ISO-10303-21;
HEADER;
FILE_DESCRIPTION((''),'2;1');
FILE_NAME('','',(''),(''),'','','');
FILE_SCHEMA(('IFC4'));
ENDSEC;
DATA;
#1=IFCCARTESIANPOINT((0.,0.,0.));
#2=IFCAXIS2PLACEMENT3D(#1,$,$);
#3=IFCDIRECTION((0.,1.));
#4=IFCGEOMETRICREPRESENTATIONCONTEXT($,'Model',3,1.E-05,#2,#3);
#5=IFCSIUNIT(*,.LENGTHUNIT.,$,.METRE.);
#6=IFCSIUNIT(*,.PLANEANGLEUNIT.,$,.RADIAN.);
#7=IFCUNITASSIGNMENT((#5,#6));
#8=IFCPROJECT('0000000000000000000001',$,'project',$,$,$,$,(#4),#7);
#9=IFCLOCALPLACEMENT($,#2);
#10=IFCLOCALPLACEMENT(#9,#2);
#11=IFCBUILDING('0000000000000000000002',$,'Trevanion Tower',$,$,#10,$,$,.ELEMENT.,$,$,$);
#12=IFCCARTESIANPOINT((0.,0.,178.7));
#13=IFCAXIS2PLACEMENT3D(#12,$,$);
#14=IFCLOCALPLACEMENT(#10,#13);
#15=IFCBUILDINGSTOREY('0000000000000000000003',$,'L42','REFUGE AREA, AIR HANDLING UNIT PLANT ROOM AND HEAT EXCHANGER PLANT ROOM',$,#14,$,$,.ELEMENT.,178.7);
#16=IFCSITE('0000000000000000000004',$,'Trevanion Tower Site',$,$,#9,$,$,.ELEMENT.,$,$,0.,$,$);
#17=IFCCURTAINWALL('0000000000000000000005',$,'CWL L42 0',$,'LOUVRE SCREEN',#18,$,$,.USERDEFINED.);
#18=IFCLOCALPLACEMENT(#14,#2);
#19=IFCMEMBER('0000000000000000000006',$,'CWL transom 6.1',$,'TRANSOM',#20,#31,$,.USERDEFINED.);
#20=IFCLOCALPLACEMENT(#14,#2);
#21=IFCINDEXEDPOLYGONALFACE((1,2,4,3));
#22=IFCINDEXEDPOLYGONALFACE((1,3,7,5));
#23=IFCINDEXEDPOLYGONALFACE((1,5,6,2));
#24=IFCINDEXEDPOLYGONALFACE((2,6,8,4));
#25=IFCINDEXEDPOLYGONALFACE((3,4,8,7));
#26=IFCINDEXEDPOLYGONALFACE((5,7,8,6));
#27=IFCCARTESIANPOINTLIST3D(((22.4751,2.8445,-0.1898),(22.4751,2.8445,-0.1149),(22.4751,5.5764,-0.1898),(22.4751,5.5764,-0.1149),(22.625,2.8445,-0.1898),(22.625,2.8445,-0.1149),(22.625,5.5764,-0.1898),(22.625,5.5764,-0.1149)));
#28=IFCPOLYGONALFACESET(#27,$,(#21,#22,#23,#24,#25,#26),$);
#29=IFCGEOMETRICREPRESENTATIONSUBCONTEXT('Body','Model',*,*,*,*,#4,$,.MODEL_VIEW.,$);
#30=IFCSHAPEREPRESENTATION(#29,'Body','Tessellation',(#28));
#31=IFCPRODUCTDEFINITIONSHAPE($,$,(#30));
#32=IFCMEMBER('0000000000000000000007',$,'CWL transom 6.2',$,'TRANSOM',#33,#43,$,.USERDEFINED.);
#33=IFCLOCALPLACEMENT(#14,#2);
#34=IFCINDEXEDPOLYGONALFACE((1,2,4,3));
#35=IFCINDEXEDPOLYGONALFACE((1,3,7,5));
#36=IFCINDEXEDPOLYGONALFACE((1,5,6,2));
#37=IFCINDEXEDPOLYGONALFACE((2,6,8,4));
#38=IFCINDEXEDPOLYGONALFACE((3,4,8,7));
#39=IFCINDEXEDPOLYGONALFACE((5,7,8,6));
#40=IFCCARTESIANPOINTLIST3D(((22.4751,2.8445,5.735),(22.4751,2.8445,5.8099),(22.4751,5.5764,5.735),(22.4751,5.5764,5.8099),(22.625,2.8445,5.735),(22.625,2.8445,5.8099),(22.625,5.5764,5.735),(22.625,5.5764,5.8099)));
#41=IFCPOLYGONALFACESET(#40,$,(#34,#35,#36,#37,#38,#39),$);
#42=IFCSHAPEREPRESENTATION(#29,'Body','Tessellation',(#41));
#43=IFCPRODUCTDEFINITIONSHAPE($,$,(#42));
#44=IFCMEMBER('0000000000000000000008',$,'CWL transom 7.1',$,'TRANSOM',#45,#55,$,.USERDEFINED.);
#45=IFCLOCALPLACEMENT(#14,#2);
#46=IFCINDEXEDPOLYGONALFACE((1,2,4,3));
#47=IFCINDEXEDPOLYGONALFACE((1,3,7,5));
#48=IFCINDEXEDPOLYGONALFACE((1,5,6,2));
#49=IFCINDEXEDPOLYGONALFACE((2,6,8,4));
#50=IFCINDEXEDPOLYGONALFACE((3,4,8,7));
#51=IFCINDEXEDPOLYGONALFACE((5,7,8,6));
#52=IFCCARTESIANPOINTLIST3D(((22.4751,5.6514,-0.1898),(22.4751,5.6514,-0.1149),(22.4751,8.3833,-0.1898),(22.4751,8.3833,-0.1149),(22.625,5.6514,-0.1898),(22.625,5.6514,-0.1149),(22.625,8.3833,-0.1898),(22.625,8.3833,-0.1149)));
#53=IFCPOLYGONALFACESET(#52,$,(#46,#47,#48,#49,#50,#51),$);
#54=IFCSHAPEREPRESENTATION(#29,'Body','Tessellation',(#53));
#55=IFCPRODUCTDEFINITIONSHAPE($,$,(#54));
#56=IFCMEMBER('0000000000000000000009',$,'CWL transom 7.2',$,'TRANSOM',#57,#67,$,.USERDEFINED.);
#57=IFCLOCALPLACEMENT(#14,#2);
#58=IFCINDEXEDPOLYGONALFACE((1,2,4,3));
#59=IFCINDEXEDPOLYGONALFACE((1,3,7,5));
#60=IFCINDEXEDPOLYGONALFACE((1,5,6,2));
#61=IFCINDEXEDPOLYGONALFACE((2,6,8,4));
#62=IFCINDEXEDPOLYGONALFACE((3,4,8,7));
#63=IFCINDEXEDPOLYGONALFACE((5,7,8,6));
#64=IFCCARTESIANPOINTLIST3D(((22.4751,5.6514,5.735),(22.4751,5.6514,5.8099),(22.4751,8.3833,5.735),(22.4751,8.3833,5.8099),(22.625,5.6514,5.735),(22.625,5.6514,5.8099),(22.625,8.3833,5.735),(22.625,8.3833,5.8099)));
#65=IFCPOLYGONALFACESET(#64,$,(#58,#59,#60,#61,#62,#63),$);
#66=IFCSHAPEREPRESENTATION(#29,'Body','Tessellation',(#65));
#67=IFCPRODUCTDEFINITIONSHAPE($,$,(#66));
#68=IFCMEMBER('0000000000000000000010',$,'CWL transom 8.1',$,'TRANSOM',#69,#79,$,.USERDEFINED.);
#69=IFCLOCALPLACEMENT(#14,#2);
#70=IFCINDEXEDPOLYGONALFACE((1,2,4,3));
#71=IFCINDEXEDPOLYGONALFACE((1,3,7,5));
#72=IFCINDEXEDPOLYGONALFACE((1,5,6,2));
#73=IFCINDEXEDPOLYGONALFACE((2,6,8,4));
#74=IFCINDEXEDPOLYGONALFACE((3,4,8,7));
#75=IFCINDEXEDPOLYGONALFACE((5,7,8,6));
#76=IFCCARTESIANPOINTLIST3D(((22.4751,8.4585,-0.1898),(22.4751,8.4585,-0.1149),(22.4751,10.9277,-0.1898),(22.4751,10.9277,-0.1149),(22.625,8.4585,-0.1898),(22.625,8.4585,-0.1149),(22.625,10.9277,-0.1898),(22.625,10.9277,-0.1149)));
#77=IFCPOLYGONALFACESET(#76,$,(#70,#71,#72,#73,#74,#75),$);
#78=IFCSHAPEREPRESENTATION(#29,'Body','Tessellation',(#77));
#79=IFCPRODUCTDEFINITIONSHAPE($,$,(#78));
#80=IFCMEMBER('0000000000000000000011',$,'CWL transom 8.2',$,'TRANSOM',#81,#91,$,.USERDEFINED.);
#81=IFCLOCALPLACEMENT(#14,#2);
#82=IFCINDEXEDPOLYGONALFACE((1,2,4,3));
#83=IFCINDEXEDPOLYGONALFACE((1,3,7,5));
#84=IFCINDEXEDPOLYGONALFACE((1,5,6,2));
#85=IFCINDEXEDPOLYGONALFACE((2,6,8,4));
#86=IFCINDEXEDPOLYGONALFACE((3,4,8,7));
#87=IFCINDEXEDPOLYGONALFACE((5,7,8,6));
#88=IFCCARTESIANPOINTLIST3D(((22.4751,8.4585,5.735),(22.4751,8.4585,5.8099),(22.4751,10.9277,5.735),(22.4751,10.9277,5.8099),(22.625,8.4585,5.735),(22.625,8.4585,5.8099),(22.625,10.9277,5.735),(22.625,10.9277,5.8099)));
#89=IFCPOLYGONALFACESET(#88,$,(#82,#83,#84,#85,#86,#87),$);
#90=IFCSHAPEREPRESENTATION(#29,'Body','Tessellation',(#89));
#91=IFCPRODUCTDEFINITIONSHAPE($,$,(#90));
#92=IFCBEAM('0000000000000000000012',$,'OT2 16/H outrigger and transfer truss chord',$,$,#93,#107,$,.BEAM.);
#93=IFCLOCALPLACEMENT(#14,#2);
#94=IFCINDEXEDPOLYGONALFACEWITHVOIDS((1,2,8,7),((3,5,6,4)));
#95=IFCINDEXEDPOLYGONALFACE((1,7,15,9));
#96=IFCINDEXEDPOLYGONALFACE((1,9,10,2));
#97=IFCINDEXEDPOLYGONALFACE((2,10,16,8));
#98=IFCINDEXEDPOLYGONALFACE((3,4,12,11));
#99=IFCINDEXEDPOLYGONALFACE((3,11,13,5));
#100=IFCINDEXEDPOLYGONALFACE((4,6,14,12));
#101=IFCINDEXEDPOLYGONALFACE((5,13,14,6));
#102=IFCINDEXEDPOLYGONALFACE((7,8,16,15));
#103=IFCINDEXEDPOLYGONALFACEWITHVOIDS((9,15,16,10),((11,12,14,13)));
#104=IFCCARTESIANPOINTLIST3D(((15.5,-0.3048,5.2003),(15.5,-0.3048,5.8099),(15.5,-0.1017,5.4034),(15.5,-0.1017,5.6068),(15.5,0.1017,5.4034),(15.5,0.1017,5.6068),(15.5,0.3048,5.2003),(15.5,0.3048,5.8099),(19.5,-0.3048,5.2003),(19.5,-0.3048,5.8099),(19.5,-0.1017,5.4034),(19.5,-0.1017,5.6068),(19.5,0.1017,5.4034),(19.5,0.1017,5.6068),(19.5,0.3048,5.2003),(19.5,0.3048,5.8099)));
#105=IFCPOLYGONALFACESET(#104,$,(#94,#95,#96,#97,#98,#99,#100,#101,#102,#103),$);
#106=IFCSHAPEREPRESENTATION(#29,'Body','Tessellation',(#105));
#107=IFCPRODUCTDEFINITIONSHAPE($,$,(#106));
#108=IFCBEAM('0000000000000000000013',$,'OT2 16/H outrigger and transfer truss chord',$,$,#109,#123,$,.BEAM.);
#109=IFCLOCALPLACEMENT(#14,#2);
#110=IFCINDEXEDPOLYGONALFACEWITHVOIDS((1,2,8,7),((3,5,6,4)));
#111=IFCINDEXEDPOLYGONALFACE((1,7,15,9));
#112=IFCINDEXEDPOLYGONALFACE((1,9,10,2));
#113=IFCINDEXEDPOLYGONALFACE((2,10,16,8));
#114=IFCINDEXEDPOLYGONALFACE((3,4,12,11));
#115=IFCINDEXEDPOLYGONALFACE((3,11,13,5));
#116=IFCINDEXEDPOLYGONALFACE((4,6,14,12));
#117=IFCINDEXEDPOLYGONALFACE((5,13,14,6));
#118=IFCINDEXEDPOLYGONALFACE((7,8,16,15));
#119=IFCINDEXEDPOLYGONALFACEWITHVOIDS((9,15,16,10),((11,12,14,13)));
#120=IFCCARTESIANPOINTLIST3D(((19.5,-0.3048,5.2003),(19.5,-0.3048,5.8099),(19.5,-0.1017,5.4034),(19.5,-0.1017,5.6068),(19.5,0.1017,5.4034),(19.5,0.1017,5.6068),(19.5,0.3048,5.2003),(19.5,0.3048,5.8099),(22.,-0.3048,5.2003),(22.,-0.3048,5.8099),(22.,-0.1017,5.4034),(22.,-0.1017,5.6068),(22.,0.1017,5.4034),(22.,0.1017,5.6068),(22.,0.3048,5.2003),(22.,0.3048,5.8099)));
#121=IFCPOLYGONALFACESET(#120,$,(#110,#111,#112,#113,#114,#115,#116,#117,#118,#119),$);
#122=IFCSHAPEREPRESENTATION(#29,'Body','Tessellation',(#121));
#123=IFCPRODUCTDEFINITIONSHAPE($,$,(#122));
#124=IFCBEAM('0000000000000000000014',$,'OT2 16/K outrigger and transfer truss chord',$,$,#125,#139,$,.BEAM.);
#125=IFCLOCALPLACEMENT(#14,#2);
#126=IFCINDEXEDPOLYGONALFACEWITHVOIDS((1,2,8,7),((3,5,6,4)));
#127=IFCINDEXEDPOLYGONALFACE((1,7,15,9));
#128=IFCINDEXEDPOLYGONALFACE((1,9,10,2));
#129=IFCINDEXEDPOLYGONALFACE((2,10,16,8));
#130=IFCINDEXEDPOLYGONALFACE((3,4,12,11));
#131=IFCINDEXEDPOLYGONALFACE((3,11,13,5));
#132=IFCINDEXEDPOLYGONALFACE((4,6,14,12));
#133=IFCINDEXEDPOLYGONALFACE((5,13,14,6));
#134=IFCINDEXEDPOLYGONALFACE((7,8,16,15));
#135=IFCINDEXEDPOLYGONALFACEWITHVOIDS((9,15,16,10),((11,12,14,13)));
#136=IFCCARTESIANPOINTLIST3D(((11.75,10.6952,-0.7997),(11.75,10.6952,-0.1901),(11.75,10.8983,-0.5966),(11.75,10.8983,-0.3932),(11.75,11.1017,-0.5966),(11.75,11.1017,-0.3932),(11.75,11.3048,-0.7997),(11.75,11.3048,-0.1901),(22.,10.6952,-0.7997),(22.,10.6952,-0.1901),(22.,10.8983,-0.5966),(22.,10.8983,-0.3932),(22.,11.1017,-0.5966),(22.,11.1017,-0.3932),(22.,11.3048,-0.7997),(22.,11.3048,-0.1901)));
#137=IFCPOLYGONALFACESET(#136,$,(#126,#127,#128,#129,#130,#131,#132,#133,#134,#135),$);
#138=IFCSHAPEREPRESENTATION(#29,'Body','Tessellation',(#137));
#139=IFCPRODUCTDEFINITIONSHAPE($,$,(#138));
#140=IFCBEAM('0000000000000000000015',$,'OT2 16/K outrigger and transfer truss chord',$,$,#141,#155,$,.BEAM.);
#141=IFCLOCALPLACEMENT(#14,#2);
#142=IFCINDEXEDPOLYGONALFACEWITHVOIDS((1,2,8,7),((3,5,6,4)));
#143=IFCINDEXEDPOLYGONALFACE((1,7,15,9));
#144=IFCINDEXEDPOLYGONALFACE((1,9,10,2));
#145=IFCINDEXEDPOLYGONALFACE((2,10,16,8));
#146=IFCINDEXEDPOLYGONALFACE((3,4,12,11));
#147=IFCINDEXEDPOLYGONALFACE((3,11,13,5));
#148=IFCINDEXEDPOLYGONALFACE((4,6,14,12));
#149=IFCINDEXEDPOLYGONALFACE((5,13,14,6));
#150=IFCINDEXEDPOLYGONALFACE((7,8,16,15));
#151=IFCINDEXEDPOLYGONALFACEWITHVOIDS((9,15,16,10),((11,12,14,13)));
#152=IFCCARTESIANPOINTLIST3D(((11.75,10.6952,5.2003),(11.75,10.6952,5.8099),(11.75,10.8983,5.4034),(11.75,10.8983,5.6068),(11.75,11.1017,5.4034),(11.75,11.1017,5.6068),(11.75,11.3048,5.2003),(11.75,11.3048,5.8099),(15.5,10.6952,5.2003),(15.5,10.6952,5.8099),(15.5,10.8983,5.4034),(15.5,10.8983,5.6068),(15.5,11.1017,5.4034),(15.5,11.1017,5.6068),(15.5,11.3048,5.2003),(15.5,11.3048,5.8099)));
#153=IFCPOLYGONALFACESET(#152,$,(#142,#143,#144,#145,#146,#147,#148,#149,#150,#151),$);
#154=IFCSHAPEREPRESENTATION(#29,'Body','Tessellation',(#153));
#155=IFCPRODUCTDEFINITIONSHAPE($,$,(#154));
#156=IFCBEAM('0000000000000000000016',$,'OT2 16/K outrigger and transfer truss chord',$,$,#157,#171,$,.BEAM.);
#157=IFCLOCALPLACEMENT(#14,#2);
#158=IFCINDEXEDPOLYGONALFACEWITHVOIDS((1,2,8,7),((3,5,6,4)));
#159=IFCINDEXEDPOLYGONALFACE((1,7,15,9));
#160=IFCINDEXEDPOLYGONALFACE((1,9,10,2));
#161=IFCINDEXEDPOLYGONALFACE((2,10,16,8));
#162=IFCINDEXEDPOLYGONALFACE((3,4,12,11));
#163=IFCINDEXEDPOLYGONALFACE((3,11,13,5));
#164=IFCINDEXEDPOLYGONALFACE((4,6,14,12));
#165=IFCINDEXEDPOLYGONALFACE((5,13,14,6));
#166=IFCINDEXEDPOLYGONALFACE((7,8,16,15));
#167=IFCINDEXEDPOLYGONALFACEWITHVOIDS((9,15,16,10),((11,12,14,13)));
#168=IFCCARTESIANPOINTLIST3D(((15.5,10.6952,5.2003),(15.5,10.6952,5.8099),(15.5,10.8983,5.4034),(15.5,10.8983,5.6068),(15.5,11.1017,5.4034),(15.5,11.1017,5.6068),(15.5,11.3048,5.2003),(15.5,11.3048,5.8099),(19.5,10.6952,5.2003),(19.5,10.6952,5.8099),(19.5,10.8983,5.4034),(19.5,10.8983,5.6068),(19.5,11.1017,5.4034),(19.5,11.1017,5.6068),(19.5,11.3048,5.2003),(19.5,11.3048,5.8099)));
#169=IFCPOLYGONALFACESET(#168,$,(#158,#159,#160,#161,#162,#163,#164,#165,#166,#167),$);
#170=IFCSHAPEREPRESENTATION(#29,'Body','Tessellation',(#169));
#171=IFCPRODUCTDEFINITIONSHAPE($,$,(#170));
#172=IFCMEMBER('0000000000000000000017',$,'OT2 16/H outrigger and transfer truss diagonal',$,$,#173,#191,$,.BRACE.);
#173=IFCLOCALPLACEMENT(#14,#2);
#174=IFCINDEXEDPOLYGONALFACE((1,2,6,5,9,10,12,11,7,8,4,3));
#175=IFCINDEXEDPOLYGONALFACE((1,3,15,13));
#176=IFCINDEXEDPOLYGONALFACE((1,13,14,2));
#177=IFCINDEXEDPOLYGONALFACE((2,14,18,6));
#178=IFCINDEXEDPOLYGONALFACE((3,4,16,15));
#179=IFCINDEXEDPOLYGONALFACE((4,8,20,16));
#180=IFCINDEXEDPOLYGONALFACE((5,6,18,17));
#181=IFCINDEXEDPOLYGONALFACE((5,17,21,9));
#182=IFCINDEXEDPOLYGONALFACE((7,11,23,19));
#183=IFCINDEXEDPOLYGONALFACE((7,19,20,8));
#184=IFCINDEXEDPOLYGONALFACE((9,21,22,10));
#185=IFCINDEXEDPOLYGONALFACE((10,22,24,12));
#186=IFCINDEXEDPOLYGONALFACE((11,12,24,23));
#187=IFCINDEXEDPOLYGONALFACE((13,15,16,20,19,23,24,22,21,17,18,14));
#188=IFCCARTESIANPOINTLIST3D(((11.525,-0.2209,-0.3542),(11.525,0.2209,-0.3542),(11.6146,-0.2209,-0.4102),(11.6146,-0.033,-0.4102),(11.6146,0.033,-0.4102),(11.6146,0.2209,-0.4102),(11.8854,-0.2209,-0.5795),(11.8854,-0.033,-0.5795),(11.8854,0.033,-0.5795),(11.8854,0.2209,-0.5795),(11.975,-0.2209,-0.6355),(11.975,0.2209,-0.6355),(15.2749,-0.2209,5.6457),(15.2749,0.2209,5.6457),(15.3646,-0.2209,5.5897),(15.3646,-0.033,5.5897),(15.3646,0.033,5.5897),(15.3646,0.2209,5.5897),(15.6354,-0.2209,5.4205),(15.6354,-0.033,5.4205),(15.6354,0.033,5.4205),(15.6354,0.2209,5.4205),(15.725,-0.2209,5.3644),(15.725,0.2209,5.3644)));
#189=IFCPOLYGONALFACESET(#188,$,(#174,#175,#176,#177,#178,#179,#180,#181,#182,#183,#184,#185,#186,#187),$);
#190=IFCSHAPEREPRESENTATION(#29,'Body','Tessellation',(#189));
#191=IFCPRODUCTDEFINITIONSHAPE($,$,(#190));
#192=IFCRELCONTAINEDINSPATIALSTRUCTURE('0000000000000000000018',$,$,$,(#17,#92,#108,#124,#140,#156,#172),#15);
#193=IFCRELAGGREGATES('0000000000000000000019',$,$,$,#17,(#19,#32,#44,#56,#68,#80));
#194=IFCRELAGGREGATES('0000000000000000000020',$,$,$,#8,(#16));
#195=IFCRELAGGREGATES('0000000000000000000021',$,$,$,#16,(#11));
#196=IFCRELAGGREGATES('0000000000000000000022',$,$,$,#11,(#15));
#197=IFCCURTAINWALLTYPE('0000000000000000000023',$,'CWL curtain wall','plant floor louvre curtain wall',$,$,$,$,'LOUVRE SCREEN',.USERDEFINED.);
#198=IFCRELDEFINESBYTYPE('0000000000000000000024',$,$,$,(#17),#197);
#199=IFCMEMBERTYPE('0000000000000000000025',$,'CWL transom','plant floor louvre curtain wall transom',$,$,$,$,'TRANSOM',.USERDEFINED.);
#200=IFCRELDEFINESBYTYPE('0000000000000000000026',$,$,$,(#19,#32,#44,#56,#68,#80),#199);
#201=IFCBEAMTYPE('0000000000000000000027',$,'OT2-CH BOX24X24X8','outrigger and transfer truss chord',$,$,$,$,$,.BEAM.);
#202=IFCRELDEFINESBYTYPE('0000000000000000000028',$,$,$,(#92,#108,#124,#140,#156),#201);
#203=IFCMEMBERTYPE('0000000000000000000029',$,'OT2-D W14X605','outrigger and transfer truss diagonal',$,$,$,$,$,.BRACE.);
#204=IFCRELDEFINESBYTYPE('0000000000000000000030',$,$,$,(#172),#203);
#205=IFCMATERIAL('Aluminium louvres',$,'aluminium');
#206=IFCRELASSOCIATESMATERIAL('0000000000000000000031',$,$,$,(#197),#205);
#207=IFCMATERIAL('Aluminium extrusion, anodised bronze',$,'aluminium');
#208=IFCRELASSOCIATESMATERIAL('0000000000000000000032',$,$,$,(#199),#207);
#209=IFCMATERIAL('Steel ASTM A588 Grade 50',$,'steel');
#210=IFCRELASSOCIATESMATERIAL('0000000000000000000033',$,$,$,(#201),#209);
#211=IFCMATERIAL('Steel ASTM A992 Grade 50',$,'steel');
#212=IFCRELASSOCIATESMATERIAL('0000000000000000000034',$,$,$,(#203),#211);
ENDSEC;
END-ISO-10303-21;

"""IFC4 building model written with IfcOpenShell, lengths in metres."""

from ifc_helpers import new_model, si_unit, direction, frame, origin, origin_2d, place, context, subcontext, project, spatial, rectangle, hollow_rectangle, i_section, extrude, material, material_profile, profile_set, type_object, element, aggregate, save


model = new_model("IFC4")

# Units and contexts
model_context = context("Model", 3, precision=1e-05, world=origin(), true_north=direction((0.0, 1.0)))
body_context = subcontext(model_context, "Body", "Model", "MODEL_VIEW")
ifc_project = project(units=[si_unit("LENGTHUNIT", "METRE"), si_unit("PLANEANGLEUNIT", "RADIAN")], contexts=[model_context])

# Site, building, storey
site_placement = place(None, origin())
site = spatial("IfcSite", under=ifc_project, at=site_placement, Name="Trevanion Tower Site", CompositionType="ELEMENT", RefElevation=0.0)
building_placement = place(site_placement, origin())
building = spatial("IfcBuilding", under=site, at=building_placement, Name="Trevanion Tower", CompositionType="ELEMENT")
storey_placement = place(building_placement, frame((0.0, 0.0, 178.7)))
storey = spatial("IfcBuildingStorey", under=building, at=storey_placement, Name="L42", Description="REFUGE AREA, AIR HANDLING UNIT PLANT ROOM AND HEAT EXCHANGER PLANT ROOM", CompositionType="ELEMENT", Elevation=178.7)

# Curtain wall, members
ifc_material_1 = material(Name="Aluminium louvres", Category="aluminium")
curtain_wall_type = type_object("IfcCurtainWallType", Name="CWL curtain wall", Description="plant floor louvre curtain wall", ElementType="LOUVRE SCREEN", PredefinedType="USERDEFINED", material=ifc_material_1)
curtain_wall_placement = place(storey_placement, origin())
curtain_wall = element("IfcCurtainWall", 1, at=curtain_wall_placement, inside=storey, type_object=curtain_wall_type, Name="CWL L42 0", ObjectType="LOUVRE SCREEN", PredefinedType="USERDEFINED")
ifc_material_2 = material(Name="Aluminium extrusion, anodised bronze", Category="aluminium")
ifc_material_profile_1 = material_profile(ifc_material_2, rectangle(XDim=0.1499, YDim=0.075, at=origin_2d()), Name="CWL transom")
ifc_profile_set_1 = profile_set([ifc_material_profile_1], Name="Aluminium extrusion, anodised bronze")
member_type_1 = type_object("IfcMemberType", Name="CWL transom", Description="plant floor louvre curtain wall transom", ElementType="TRANSOM", PredefinedType="USERDEFINED", material=ifc_profile_set_1)
member_1_placement = place(storey_placement, frame((22.55, 2.8445, -0.1523), z_axis=(0.0, 1.0, 0.0), x_axis=(-1.0, 0.0, 0.0)))
member_1 = element("IfcMember", 2, at=member_1_placement, type_object=member_type_1, Name="CWL transom 6.1", ObjectType="TRANSOM", PredefinedType="USERDEFINED", context=body_context, shape_type="SweptSolid", body=[
    extrude(rectangle(XDim=0.1499, YDim=0.075, at=origin_2d()), origin(), (0.0, 0.0, 1.0), 2.7319),
])
member_2_placement = place(storey_placement, frame((22.55, 2.8445, 5.7725), z_axis=(0.0, 1.0, 0.0), x_axis=(-1.0, 0.0, 0.0)))
member_2 = element("IfcMember", 3, at=member_2_placement, type_object=member_type_1, Name="CWL transom 6.2", ObjectType="TRANSOM", PredefinedType="USERDEFINED", context=body_context, shape_type="SweptSolid", body=[
    extrude(rectangle(XDim=0.1499, YDim=0.075, at=origin_2d()), origin(), (0.0, 0.0, 1.0), 2.7319),
])
member_3_placement = place(storey_placement, frame((22.55, 5.6514, -0.1523), z_axis=(0.0, 1.0, 0.0), x_axis=(-1.0, 0.0, 0.0)))
member_3 = element("IfcMember", 4, at=member_3_placement, type_object=member_type_1, Name="CWL transom 7.1", ObjectType="TRANSOM", PredefinedType="USERDEFINED", context=body_context, shape_type="SweptSolid", body=[
    extrude(rectangle(XDim=0.1499, YDim=0.075, at=origin_2d()), origin(), (0.0, 0.0, 1.0), 2.7319),
])
member_4_placement = place(storey_placement, frame((22.55, 5.6514, 5.7725), z_axis=(0.0, 1.0, 0.0), x_axis=(-1.0, 0.0, 0.0)))
member_4 = element("IfcMember", 5, at=member_4_placement, type_object=member_type_1, Name="CWL transom 7.2", ObjectType="TRANSOM", PredefinedType="USERDEFINED", context=body_context, shape_type="SweptSolid", body=[
    extrude(rectangle(XDim=0.1499, YDim=0.075, at=origin_2d()), origin(), (0.0, 0.0, 1.0), 2.7319),
])
member_5_placement = place(storey_placement, frame((22.55, 8.4585, -0.1523), z_axis=(0.0, 1.0, 0.0), x_axis=(-1.0, 0.0, 0.0)))
member_5 = element("IfcMember", 6, at=member_5_placement, type_object=member_type_1, Name="CWL transom 8.1", ObjectType="TRANSOM", PredefinedType="USERDEFINED", context=body_context, shape_type="SweptSolid", body=[
    extrude(rectangle(XDim=0.1499, YDim=0.075, at=origin_2d()), origin(), (0.0, 0.0, 1.0), 2.4692),
])
member_6_placement = place(storey_placement, frame((22.55, 8.4585, 5.7725), z_axis=(0.0, 1.0, 0.0), x_axis=(-1.0, 0.0, 0.0)))
member_6 = element("IfcMember", 7, at=member_6_placement, type_object=member_type_1, Name="CWL transom 8.2", ObjectType="TRANSOM", PredefinedType="USERDEFINED", context=body_context, shape_type="SweptSolid", body=[
    extrude(rectangle(XDim=0.1499, YDim=0.075, at=origin_2d()), origin(), (0.0, 0.0, 1.0), 2.4692),
])

# Beams
ifc_material_3 = material(Name="Steel ASTM A588 Grade 50", Category="steel")
ifc_material_profile_2 = material_profile(ifc_material_3, hollow_rectangle(XDim=0.6096, YDim=0.6096, WallThickness=0.2031, at=origin_2d()), Name="BOX24X24X8")
ifc_profile_set_2 = profile_set([ifc_material_profile_2], Name="Steel ASTM A588 Grade 50")
beam_type_1 = type_object("IfcBeamType", Name="OT2-CH BOX24X24X8", Description="outrigger and transfer truss chord", PredefinedType="BEAM", material=ifc_profile_set_2)
beam_1_placement = place(storey_placement, frame((15.5, 0.0, 5.5051), z_axis=(1.0, 0.0, 0.0), x_axis=(0.0, 1.0, 0.0)))
element("IfcBeam", 8, at=beam_1_placement, inside=storey, type_object=beam_type_1, Name="OT2 16/H outrigger and transfer truss chord", PredefinedType="BEAM", context=body_context, shape_type="SweptSolid", body=[
    extrude(hollow_rectangle(XDim=0.6096, YDim=0.6096, WallThickness=0.2031, at=origin_2d()), origin(), (0.0, 0.0, 1.0), 4.0),
])
beam_2_placement = place(storey_placement, frame((19.5, 0.0, 5.5051), z_axis=(1.0, 0.0, 0.0), x_axis=(0.0, 1.0, 0.0)))
element("IfcBeam", 9, at=beam_2_placement, inside=storey, type_object=beam_type_1, Name="OT2 16/H outrigger and transfer truss chord", PredefinedType="BEAM", context=body_context, shape_type="SweptSolid", body=[
    extrude(hollow_rectangle(XDim=0.6096, YDim=0.6096, WallThickness=0.2031, at=origin_2d()), origin(), (0.0, 0.0, 1.0), 2.5),
])
beam_3_placement = place(storey_placement, frame((11.75, 11.0, -0.4949), z_axis=(1.0, 0.0, 0.0), x_axis=(0.0, 1.0, 0.0)))
element("IfcBeam", 10, at=beam_3_placement, inside=storey, type_object=beam_type_1, Name="OT2 16/K outrigger and transfer truss chord", PredefinedType="BEAM", context=body_context, shape_type="SweptSolid", body=[
    extrude(hollow_rectangle(XDim=0.6096, YDim=0.6096, WallThickness=0.2031, at=origin_2d()), origin(), (0.0, 0.0, 1.0), 10.25),
])
beam_4_placement = place(storey_placement, frame((11.75, 11.0, 5.5051), z_axis=(1.0, 0.0, 0.0), x_axis=(0.0, 1.0, 0.0)))
element("IfcBeam", 11, at=beam_4_placement, inside=storey, type_object=beam_type_1, Name="OT2 16/K outrigger and transfer truss chord", PredefinedType="BEAM", context=body_context, shape_type="SweptSolid", body=[
    extrude(hollow_rectangle(XDim=0.6096, YDim=0.6096, WallThickness=0.2031, at=origin_2d()), origin(), (0.0, 0.0, 1.0), 3.75),
])
beam_5_placement = place(storey_placement, frame((15.5, 11.0, 5.5051), z_axis=(1.0, 0.0, 0.0), x_axis=(0.0, 1.0, 0.0)))
element("IfcBeam", 12, at=beam_5_placement, inside=storey, type_object=beam_type_1, Name="OT2 16/K outrigger and transfer truss chord", PredefinedType="BEAM", context=body_context, shape_type="SweptSolid", body=[
    extrude(hollow_rectangle(XDim=0.6096, YDim=0.6096, WallThickness=0.2031, at=origin_2d()), origin(), (0.0, 0.0, 1.0), 4.0),
])

# Member
ifc_material_4 = material(Name="Steel ASTM A992 Grade 50", Category="steel")
ifc_material_profile_3 = material_profile(ifc_material_4, i_section(OverallWidth=0.4419, OverallDepth=0.5308, WebThickness=0.0659, FlangeThickness=0.1057, at=origin_2d()), Name="W14X605")
ifc_profile_set_3 = profile_set([ifc_material_profile_3], Name="Steel ASTM A992 Grade 50")
member_type_2 = type_object("IfcMemberType", Name="OT2-D W14X605", Description="outrigger and transfer truss diagonal", PredefinedType="BRACE", material=ifc_profile_set_3)
member_7_placement = place(storey_placement, frame((11.75, 0.0, -0.4949), z_axis=(0.529999, 0.0, 0.847998), x_axis=(0.0, 1.0, 0.0)))
element("IfcMember", 13, at=member_7_placement, inside=storey, type_object=member_type_2, Name="OT2 16/H outrigger and transfer truss diagonal", PredefinedType="BRACE", context=body_context, shape_type="SweptSolid", body=[
    extrude(i_section(OverallWidth=0.4419, OverallDepth=0.5308, WebThickness=0.0659, FlangeThickness=0.1057, at=origin_2d()), origin(), (0.0, 0.0, 1.0), 7.0754),
])

aggregate(curtain_wall, [member_1, member_2, member_3, member_4, member_5, member_6])

save(model, "model.ifc")
